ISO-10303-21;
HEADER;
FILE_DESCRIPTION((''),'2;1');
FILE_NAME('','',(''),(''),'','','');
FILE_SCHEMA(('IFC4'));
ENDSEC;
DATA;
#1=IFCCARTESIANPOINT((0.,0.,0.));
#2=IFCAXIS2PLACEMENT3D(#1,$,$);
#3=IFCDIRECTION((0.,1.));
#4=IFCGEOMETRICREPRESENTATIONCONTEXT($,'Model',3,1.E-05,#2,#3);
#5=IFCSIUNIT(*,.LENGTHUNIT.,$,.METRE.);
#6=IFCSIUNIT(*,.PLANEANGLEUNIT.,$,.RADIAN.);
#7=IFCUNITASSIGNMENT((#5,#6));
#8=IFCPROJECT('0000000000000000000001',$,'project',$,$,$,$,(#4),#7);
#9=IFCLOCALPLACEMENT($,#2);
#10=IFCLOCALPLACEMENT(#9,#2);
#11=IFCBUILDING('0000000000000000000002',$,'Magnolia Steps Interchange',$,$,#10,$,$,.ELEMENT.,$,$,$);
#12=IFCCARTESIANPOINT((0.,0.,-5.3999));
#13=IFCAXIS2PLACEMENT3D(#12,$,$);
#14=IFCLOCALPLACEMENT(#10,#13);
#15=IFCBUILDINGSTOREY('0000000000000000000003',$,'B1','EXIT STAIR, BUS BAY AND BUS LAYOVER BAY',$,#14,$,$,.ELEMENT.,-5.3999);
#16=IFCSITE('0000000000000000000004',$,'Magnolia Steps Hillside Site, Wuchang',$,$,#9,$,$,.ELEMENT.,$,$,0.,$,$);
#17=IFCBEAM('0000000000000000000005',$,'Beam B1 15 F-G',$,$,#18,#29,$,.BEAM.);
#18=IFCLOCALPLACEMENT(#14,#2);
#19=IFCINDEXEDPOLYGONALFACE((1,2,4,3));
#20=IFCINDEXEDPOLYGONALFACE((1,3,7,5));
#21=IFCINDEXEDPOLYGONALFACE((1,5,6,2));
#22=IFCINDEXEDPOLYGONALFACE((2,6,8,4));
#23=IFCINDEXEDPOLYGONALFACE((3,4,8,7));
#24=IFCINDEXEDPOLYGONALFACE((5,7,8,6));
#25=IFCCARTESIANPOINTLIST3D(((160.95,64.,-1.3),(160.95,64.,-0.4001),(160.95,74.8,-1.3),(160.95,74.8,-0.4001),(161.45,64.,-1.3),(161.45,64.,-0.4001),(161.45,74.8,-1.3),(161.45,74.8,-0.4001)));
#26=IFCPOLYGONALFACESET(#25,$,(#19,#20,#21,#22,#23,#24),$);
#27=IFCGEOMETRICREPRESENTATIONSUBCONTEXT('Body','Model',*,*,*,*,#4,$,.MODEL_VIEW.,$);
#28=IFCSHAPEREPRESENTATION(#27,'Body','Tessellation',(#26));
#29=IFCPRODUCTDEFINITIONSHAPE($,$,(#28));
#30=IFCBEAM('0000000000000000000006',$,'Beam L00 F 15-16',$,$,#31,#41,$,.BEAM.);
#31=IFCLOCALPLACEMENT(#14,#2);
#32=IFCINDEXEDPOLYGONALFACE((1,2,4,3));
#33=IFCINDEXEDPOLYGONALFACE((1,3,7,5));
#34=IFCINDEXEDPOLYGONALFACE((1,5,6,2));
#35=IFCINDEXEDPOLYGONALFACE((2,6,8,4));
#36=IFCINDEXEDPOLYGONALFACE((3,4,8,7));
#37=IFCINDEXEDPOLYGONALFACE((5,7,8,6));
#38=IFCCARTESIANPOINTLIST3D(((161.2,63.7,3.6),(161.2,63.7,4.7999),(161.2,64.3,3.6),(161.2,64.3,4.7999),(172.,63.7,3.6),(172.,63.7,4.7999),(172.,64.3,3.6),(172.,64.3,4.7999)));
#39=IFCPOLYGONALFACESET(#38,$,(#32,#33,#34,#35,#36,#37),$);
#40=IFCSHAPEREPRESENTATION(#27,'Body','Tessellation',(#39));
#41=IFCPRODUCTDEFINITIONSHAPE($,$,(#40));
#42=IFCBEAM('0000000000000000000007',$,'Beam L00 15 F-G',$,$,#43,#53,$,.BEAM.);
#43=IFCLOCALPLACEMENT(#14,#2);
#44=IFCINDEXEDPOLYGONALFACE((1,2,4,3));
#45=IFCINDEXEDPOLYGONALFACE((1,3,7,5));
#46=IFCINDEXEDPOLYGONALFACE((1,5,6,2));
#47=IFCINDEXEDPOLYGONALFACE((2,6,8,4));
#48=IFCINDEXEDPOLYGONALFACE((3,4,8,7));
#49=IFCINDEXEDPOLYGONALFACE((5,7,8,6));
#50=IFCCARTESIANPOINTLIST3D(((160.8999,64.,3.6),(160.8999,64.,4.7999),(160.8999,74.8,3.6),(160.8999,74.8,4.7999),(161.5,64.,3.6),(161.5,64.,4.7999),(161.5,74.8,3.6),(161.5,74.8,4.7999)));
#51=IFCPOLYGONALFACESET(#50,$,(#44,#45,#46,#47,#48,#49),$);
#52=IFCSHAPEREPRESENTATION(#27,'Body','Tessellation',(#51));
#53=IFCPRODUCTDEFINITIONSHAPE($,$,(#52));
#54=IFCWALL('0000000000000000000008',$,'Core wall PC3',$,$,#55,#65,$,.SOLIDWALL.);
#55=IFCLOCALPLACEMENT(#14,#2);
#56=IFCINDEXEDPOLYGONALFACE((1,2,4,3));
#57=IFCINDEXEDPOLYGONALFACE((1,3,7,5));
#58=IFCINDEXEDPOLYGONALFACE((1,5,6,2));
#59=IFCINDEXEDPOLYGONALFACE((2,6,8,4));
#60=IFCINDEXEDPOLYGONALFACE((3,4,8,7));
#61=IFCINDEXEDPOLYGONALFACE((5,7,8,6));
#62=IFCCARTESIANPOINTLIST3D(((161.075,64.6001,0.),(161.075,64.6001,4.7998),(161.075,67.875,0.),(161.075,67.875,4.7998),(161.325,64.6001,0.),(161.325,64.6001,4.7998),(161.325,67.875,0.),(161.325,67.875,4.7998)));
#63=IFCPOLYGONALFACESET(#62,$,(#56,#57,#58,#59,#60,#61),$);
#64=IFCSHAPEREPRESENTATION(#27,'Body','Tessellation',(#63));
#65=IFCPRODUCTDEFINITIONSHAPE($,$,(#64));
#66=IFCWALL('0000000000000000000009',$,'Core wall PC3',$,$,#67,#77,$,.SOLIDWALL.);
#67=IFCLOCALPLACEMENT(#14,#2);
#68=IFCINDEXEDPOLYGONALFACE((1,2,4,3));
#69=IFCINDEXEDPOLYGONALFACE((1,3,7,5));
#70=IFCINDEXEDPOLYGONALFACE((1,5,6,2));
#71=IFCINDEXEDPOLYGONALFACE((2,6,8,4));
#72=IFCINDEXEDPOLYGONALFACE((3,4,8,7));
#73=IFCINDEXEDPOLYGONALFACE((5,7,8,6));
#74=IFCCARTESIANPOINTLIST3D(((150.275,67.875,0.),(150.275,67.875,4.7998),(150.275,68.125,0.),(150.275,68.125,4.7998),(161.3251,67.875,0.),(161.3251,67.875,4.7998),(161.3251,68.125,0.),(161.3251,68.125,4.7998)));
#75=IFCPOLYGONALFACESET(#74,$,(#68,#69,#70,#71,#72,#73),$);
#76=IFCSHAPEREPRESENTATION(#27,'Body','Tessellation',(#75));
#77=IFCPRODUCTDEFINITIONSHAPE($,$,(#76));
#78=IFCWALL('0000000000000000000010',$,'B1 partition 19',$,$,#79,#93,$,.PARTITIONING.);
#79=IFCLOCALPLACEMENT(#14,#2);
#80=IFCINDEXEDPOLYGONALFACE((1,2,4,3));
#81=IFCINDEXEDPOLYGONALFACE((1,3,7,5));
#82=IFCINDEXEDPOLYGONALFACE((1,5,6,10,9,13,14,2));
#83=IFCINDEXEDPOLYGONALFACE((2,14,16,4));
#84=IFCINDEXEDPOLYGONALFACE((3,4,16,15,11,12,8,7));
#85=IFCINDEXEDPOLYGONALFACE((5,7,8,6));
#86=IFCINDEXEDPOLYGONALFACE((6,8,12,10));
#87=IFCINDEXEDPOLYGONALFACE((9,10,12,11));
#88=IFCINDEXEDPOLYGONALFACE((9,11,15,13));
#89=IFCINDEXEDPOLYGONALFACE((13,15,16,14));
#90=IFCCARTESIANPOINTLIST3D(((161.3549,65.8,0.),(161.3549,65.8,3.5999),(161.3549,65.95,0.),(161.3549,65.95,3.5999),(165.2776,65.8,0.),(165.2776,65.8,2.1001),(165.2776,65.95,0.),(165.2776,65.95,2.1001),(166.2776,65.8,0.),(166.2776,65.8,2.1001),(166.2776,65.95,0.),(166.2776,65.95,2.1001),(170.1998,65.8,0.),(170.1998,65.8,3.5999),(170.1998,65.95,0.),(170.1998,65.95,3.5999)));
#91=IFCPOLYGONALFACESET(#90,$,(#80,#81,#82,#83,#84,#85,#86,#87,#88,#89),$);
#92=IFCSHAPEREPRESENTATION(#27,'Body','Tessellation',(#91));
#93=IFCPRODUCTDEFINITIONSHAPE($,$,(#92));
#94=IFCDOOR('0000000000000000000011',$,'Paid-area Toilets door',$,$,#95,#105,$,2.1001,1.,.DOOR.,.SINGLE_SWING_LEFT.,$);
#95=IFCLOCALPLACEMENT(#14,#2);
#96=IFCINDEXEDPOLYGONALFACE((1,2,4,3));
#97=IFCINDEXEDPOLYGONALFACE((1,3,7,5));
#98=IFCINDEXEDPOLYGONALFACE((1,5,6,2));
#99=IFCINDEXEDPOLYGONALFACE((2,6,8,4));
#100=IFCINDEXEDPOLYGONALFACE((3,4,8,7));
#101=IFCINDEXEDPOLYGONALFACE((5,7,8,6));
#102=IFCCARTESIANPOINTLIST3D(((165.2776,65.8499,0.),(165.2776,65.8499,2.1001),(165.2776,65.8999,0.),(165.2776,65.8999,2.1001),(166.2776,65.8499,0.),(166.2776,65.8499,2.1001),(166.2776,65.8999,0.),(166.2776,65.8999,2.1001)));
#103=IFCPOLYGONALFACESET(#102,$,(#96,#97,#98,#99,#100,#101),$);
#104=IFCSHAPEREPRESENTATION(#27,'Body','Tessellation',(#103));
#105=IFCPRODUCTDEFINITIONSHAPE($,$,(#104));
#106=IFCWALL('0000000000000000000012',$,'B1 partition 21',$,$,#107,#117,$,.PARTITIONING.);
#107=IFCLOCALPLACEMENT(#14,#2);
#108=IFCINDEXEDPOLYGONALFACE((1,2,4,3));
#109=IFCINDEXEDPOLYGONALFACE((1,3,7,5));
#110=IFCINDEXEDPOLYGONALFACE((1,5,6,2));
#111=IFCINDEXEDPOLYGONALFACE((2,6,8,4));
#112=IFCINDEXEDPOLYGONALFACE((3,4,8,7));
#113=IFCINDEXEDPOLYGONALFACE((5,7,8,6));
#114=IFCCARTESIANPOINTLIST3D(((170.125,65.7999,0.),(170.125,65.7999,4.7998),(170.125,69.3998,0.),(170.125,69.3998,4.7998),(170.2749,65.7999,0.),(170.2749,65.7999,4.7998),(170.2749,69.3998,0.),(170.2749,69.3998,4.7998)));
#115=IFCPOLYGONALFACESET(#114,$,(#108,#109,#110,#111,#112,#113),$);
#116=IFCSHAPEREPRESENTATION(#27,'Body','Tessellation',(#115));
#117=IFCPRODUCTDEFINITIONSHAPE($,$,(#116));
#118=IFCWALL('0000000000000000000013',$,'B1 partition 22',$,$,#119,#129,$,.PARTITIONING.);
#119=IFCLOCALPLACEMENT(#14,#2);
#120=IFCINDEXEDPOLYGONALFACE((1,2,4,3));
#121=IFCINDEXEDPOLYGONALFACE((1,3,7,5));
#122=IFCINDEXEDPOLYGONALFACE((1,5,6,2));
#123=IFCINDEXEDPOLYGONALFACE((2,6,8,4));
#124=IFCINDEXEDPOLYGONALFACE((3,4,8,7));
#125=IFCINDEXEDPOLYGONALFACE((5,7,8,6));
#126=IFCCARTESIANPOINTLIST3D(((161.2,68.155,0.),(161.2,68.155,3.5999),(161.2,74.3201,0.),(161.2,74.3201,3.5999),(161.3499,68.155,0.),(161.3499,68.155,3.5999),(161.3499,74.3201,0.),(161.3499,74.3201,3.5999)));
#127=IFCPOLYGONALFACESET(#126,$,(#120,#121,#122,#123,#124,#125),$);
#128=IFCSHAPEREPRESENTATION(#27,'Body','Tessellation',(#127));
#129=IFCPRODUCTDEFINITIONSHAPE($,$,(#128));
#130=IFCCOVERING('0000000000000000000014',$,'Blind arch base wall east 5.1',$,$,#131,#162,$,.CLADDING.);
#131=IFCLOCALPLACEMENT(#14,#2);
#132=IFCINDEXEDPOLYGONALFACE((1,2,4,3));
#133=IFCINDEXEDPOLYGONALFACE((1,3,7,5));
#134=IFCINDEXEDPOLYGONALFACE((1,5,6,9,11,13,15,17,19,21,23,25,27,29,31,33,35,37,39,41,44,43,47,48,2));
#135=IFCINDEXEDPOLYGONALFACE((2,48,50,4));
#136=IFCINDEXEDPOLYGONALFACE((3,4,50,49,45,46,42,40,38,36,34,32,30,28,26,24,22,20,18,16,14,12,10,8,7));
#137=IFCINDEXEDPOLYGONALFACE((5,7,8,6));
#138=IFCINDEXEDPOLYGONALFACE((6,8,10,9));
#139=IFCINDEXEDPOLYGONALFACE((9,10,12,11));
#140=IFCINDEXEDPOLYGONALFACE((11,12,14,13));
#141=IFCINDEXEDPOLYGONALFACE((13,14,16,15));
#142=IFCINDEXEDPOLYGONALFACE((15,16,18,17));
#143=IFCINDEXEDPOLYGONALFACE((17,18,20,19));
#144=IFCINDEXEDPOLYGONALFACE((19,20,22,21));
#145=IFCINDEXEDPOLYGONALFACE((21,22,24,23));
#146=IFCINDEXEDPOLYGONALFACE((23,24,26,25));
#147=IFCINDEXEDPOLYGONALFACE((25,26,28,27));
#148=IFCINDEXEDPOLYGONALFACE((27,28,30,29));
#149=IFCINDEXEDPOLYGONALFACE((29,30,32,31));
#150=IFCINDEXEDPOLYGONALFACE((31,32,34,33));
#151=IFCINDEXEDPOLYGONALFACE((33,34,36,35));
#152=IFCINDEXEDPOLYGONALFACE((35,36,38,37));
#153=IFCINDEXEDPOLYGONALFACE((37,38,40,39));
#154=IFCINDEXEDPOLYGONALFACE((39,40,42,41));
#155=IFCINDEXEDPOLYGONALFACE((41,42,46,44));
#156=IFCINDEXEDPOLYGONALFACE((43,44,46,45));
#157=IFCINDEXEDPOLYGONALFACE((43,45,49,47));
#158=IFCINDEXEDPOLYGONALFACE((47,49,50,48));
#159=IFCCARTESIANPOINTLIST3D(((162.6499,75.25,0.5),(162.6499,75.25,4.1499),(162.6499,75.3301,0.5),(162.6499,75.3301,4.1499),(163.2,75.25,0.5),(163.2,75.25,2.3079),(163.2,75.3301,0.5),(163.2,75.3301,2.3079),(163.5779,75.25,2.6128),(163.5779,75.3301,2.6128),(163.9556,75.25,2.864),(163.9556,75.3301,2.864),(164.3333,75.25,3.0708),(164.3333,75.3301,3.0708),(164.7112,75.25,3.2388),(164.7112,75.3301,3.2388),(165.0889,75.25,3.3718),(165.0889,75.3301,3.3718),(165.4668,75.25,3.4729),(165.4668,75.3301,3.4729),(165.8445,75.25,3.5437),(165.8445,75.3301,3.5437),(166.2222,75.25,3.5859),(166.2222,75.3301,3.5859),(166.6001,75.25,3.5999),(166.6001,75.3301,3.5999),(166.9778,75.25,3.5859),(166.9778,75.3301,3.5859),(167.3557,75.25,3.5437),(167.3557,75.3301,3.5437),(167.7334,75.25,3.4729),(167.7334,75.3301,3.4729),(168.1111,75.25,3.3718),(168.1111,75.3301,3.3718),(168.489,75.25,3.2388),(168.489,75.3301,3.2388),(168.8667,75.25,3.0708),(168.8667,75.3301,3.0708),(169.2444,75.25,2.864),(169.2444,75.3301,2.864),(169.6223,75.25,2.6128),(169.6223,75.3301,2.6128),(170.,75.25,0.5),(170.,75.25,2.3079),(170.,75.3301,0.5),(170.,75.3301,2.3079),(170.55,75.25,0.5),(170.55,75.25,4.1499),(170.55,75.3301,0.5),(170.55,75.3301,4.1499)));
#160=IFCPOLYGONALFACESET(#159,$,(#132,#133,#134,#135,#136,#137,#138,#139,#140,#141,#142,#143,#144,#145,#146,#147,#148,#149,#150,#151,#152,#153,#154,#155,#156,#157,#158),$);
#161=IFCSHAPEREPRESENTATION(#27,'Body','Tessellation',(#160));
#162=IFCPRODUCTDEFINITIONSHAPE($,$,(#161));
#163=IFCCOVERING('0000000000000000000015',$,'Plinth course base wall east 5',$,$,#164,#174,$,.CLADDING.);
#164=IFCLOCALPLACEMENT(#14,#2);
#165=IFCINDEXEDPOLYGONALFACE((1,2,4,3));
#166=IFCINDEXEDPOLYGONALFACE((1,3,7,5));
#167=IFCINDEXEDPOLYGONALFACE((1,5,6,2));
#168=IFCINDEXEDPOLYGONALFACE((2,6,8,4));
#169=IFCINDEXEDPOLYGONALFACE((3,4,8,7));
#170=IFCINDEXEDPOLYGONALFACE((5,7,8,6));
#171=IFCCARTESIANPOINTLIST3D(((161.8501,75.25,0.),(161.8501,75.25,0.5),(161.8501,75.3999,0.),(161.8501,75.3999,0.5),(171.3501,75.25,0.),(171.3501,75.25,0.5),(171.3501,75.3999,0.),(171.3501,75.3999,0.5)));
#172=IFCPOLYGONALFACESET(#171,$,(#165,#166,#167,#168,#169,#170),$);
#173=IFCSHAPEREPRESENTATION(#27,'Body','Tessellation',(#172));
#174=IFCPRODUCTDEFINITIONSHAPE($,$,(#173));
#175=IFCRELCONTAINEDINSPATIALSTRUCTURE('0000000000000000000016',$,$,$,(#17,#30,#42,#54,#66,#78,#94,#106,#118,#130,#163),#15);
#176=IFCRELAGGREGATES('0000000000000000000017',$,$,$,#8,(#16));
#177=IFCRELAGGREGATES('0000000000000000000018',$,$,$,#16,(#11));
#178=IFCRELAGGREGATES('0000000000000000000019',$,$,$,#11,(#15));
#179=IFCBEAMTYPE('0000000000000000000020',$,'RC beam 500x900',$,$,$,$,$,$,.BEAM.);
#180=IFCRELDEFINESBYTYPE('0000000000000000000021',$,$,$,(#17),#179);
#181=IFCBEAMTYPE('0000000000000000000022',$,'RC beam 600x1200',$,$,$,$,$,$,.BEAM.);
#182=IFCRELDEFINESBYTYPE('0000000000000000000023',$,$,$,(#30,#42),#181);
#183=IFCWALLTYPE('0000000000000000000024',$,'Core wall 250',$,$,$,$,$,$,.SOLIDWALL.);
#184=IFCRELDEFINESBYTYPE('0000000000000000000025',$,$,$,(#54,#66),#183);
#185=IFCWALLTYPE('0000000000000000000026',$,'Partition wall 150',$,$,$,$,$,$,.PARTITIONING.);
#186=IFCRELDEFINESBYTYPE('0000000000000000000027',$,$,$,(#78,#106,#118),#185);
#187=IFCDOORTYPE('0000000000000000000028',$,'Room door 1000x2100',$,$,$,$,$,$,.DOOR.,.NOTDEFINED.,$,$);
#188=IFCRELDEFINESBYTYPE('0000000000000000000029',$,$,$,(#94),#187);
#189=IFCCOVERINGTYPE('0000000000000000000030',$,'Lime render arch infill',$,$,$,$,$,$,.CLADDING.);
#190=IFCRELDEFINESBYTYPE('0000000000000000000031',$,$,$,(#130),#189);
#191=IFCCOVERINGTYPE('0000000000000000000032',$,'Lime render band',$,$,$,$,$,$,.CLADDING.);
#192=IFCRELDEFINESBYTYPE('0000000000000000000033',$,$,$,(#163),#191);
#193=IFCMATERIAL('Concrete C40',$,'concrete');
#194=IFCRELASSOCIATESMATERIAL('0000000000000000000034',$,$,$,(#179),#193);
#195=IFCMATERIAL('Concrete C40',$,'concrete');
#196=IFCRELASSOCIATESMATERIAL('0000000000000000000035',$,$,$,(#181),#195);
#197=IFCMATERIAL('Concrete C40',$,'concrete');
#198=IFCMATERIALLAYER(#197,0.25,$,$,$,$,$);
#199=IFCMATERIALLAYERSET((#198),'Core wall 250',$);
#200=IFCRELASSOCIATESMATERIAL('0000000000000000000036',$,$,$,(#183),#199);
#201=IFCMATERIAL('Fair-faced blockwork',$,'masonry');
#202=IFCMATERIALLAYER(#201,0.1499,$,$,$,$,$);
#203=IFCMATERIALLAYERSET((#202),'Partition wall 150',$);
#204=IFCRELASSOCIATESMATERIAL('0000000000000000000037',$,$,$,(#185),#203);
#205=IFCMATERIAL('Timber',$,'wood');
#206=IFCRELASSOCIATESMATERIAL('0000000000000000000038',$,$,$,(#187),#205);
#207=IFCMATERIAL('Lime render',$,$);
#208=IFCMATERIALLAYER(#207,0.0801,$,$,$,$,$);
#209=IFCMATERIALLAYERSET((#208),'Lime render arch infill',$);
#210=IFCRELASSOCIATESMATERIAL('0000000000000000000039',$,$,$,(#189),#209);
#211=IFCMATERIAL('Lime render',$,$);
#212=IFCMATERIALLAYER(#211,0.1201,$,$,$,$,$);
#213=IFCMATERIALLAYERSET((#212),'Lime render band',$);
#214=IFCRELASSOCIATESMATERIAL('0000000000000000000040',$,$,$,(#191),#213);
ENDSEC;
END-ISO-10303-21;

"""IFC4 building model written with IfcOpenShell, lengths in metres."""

from ifc_helpers import new_model, si_unit, direction, frame, frame_2d, origin, origin_2d, place, context, subcontext, project, spatial, polyline, rectangle, outline, extrude, material, layer, layer_set, material_profile, profile_set, type_object, element, fill, save


model = new_model("IFC4")

# Units and contexts
model_context = context("Model", 3, precision=1e-05, world=origin(), true_north=direction((0.0, 1.0)))
body_context = subcontext(model_context, "Body", "Model", "MODEL_VIEW")
ifc_project = project(units=[si_unit("LENGTHUNIT", "METRE"), si_unit("PLANEANGLEUNIT", "RADIAN")], contexts=[model_context])

# Site, building, storey
site_placement = place(None, origin())
site = spatial("IfcSite", under=ifc_project, at=site_placement, Name="Magnolia Steps Hillside Site, Wuchang", CompositionType="ELEMENT", RefElevation=0.0)
building_placement = place(site_placement, origin())
building = spatial("IfcBuilding", under=site, at=building_placement, Name="Magnolia Steps Interchange", CompositionType="ELEMENT")
storey_placement = place(building_placement, frame((0.0, 0.0, -5.3999)))
storey = spatial("IfcBuildingStorey", under=building, at=storey_placement, Name="B1", Description="EXIT STAIR, BUS BAY AND BUS LAYOVER BAY", CompositionType="ELEMENT", Elevation=-5.3999)

# Beams
ifc_material_1 = material(Name="Concrete C40", Category="concrete")
ifc_material_profile_1 = material_profile(ifc_material_1, rectangle(XDim=0.5, YDim=0.8999, at=origin_2d()), Name="RC500x900")
ifc_profile_set_1 = profile_set([ifc_material_profile_1], Name="Concrete C40")
beam_type_1 = type_object("IfcBeamType", Name="RC beam 500x900", PredefinedType="BEAM", material=ifc_profile_set_1)
beam_placement = place(storey_placement, frame((161.2, 64.0, -0.8501), z_axis=(0.0, 1.0, 0.0), x_axis=(-1.0, 0.0, 0.0)))
element("IfcBeam", 1, at=beam_placement, inside=storey, type_object=beam_type_1, Name="Beam B1 15 F-G", PredefinedType="BEAM", context=body_context, shape_type="SweptSolid", body=[
    extrude(rectangle(XDim=0.5, YDim=0.8999, at=origin_2d()), origin(), (0.0, 0.0, 1.0), 10.8),
])
ifc_material_2 = material(Name="Concrete C40", Category="concrete")
ifc_material_profile_2 = material_profile(ifc_material_2, rectangle(XDim=0.6001, YDim=1.2, at=origin_2d()), Name="RC600x1200")
ifc_profile_set_2 = profile_set([ifc_material_profile_2], Name="Concrete C40")
beam_type_2 = type_object("IfcBeamType", Name="RC beam 600x1200", PredefinedType="BEAM", material=ifc_profile_set_2)
for number, where, z_axis, x_axis, name in (
    (2, (161.2, 64.0, 4.2), (1.0, 0.0, 0.0), (0.0, 1.0, 0.0), "Beam L00 F 15-16"),
    (3, (161.2, 64.0, 4.2), (0.0, 1.0, 0.0), (-1.0, 0.0, 0.0), "Beam L00 15 F-G"),
):
    element("IfcBeam", number, at=place(storey_placement, frame(where, z_axis=z_axis, x_axis=x_axis)), inside=storey, type_object=beam_type_2, Name=name, PredefinedType="BEAM", context=body_context, shape_type="SweptSolid", body=[
        extrude(rectangle(XDim=0.6001, YDim=1.2, at=origin_2d()), origin(), (0.0, 0.0, 1.0), 10.8),
    ])

# Walls
ifc_material_3 = material(Name="Concrete C40", Category="concrete")
ifc_layer_1 = layer(ifc_material_3, 0.25)
ifc_layer_set_1 = layer_set([ifc_layer_1], Name="Core wall 250")
wall_type_1 = type_object("IfcWallType", Name="Core wall 250", PredefinedType="SOLIDWALL", material=ifc_layer_set_1)
wall_1_placement = place(storey_placement, frame((161.2, 64.6001, 0.0), z_axis=(0.0, 0.0, 1.0), x_axis=(0.0, 1.0, 0.0)))
element("IfcWall", 4, at=wall_1_placement, inside=storey, type_object=wall_type_1, Name="Core wall PC3", PredefinedType="SOLIDWALL", context=body_context, shape_type="SweptSolid", body=[
    extrude(rectangle(XDim=3.2749, YDim=0.25, at=frame_2d((1.6375, 0.0))), origin(), (0.0, 0.0, 1.0), 4.7998),
])
wall_2_placement = place(storey_placement, frame((161.325, 68.0, 0.0), z_axis=(0.0, 0.0, 1.0), x_axis=(-1.0, 0.0, 0.0)))
element("IfcWall", 5, at=wall_2_placement, inside=storey, type_object=wall_type_1, Name="Core wall PC3", PredefinedType="SOLIDWALL", context=body_context, shape_type="SweptSolid", body=[
    extrude(rectangle(XDim=11.05, YDim=0.25, at=frame_2d((5.5249, 0.0))), origin(), (0.0, 0.0, 1.0), 4.7998),
])

# Wall, opening, door
ifc_material_4 = material(Name="Fair-faced blockwork", Category="masonry")
ifc_layer_2 = layer(ifc_material_4, 0.1499)
ifc_layer_set_2 = layer_set([ifc_layer_2], Name="Partition wall 150")
wall_type_2 = type_object("IfcWallType", Name="Partition wall 150", PredefinedType="PARTITIONING", material=ifc_layer_set_2)
wall_3_placement = place(storey_placement, frame((161.355, 65.875, 0.0), z_axis=(0.0, 0.0, 1.0), x_axis=(1.0, 0.0, 0.0)))
wall_3 = element("IfcWall", 6, at=wall_3_placement, inside=storey, type_object=wall_type_2, Name="B1 partition 19", PredefinedType="PARTITIONING", context=body_context, shape_type="SweptSolid", body=[
    extrude(rectangle(XDim=8.845, YDim=0.1499, at=frame_2d((4.4224, 0.0))), origin(), (0.0, 0.0, 1.0), 3.5999),
])
opening_placement = place(wall_3_placement, frame((3.9226, 0.0, 0.0)))
opening = element("IfcOpeningElement", 7, at=opening_placement, cuts=wall_3, PredefinedType="OPENING", context=body_context, shape_type="SweptSolid", body=[
    extrude(rectangle(XDim=1.0, YDim=2.1001, at=frame_2d((0.5, 1.05))), frame((0.0, 0.085, 0.0), z_axis=(0.0, -1.0, 0.0), x_axis=(1.0, 0.0, 0.0)), (0.0, 0.0, 1.0), 0.1699),
])
ifc_material_5 = material(Name="Timber", Category="wood")
door_type = type_object("IfcDoorType", Name="Room door 1000x2100", OperationType="NOTDEFINED", PredefinedType="DOOR", material=ifc_material_5)
door_placement = place(opening_placement, origin())
door = element("IfcDoor", 8, at=door_placement, inside=storey, type_object=door_type, Name="Paid-area Toilets door", OperationType="SINGLE_SWING_LEFT", OverallHeight=2.1001, OverallWidth=1.0, PredefinedType="DOOR", context=body_context, shape_type="SweptSolid", body=[
    extrude(rectangle(XDim=1.0, YDim=2.1001, at=frame_2d((0.5, 1.05))), frame((0.0, 0.0249, 0.0), z_axis=(0.0, -1.0, 0.0), x_axis=(1.0, 0.0, 0.0)), (0.0, 0.0, 1.0), 0.05),
])
fill(opening, door)

# Walls
wall_4_placement = place(storey_placement, frame((170.2, 65.8, 0.0), z_axis=(0.0, 0.0, 1.0), x_axis=(0.0, 1.0, 0.0)))
element("IfcWall", 9, at=wall_4_placement, inside=storey, type_object=wall_type_2, Name="B1 partition 21", PredefinedType="PARTITIONING", context=body_context, shape_type="SweptSolid", body=[
    extrude(rectangle(XDim=3.5999, YDim=0.1499, at=frame_2d((1.7998, 0.0))), origin(), (0.0, 0.0, 1.0), 4.7998),
])
wall_5_placement = place(storey_placement, frame((161.2749, 68.155, 0.0), z_axis=(0.0, 0.0, 1.0), x_axis=(0.0, 1.0, 0.0)))
element("IfcWall", 10, at=wall_5_placement, inside=storey, type_object=wall_type_2, Name="B1 partition 22", PredefinedType="PARTITIONING", context=body_context, shape_type="SweptSolid", body=[
    extrude(rectangle(XDim=6.165, YDim=0.1499, at=frame_2d((3.0825, 0.0))), origin(), (0.0, 0.0, 1.0), 3.5999),
])

# Coverings
ifc_material_6 = material(Name="Lime render")
ifc_layer_3 = layer(ifc_material_6, 0.0801)
ifc_layer_set_3 = layer_set([ifc_layer_3], Name="Lime render arch infill")
covering_type_1 = type_object("IfcCoveringType", Name="Lime render arch infill", PredefinedType="CLADDING", material=ifc_layer_set_3)
covering_1_placement = place(storey_placement, frame((163.2, 75.25, 0.5), z_axis=(0.0, -1.0, 0.0), x_axis=(0.0, 0.0, 1.0)))
element("IfcCovering", 11, at=covering_1_placement, inside=storey, type_object=covering_type_1, Name="Blind arch base wall east 5.1", PredefinedType="CLADDING", context=body_context, shape_type="SweptSolid", body=[
    extrude(outline(polyline([(0.0, 0.0), (1.8079, 0.0), (2.1128, -0.3779), (2.364, -0.7556), (2.5708, -1.1333), (2.7388, -1.5112), (2.8718, -1.8889), (2.9729, -2.2668), (3.0437, -2.6445), (3.0859, -3.0222), (3.0999, -3.4001), (3.0859, -3.7778), (3.0437, -4.1558), (2.9729, -4.5334), (2.8718, -4.9111), (2.7388, -5.2891), (2.5708, -5.6667), (2.364, -6.0444), (2.1128, -6.4224), (1.8079, -6.8), (0.0, -6.8), (0.0, -7.3501), (3.6499, -7.3501), (3.6499, 0.55), (0.0, 0.55), (0.0, 0.0)])), origin(), (0.0, 0.0, -1.0), 0.0801),
])
ifc_material_7 = material(Name="Lime render")
ifc_layer_4 = layer(ifc_material_7, 0.1201)
ifc_layer_set_4 = layer_set([ifc_layer_4], Name="Lime render band")
covering_type_2 = type_object("IfcCoveringType", Name="Lime render band", PredefinedType="CLADDING", material=ifc_layer_set_4)
covering_2_placement = place(storey_placement, frame((166.6001, 75.325, 0.0), z_axis=(0.0, 0.0, 1.0), x_axis=(1.0, 0.0, 0.0)))
element("IfcCovering", 12, at=covering_2_placement, inside=storey, type_object=covering_type_2, Name="Plinth course base wall east 5", PredefinedType="CLADDING", context=body_context, shape_type="SweptSolid", body=[
    extrude(rectangle(XDim=9.5, YDim=0.1499, at=origin_2d()), origin(), (0.0, 0.0, 1.0), 0.5),
])

save(model, "model.ifc")
